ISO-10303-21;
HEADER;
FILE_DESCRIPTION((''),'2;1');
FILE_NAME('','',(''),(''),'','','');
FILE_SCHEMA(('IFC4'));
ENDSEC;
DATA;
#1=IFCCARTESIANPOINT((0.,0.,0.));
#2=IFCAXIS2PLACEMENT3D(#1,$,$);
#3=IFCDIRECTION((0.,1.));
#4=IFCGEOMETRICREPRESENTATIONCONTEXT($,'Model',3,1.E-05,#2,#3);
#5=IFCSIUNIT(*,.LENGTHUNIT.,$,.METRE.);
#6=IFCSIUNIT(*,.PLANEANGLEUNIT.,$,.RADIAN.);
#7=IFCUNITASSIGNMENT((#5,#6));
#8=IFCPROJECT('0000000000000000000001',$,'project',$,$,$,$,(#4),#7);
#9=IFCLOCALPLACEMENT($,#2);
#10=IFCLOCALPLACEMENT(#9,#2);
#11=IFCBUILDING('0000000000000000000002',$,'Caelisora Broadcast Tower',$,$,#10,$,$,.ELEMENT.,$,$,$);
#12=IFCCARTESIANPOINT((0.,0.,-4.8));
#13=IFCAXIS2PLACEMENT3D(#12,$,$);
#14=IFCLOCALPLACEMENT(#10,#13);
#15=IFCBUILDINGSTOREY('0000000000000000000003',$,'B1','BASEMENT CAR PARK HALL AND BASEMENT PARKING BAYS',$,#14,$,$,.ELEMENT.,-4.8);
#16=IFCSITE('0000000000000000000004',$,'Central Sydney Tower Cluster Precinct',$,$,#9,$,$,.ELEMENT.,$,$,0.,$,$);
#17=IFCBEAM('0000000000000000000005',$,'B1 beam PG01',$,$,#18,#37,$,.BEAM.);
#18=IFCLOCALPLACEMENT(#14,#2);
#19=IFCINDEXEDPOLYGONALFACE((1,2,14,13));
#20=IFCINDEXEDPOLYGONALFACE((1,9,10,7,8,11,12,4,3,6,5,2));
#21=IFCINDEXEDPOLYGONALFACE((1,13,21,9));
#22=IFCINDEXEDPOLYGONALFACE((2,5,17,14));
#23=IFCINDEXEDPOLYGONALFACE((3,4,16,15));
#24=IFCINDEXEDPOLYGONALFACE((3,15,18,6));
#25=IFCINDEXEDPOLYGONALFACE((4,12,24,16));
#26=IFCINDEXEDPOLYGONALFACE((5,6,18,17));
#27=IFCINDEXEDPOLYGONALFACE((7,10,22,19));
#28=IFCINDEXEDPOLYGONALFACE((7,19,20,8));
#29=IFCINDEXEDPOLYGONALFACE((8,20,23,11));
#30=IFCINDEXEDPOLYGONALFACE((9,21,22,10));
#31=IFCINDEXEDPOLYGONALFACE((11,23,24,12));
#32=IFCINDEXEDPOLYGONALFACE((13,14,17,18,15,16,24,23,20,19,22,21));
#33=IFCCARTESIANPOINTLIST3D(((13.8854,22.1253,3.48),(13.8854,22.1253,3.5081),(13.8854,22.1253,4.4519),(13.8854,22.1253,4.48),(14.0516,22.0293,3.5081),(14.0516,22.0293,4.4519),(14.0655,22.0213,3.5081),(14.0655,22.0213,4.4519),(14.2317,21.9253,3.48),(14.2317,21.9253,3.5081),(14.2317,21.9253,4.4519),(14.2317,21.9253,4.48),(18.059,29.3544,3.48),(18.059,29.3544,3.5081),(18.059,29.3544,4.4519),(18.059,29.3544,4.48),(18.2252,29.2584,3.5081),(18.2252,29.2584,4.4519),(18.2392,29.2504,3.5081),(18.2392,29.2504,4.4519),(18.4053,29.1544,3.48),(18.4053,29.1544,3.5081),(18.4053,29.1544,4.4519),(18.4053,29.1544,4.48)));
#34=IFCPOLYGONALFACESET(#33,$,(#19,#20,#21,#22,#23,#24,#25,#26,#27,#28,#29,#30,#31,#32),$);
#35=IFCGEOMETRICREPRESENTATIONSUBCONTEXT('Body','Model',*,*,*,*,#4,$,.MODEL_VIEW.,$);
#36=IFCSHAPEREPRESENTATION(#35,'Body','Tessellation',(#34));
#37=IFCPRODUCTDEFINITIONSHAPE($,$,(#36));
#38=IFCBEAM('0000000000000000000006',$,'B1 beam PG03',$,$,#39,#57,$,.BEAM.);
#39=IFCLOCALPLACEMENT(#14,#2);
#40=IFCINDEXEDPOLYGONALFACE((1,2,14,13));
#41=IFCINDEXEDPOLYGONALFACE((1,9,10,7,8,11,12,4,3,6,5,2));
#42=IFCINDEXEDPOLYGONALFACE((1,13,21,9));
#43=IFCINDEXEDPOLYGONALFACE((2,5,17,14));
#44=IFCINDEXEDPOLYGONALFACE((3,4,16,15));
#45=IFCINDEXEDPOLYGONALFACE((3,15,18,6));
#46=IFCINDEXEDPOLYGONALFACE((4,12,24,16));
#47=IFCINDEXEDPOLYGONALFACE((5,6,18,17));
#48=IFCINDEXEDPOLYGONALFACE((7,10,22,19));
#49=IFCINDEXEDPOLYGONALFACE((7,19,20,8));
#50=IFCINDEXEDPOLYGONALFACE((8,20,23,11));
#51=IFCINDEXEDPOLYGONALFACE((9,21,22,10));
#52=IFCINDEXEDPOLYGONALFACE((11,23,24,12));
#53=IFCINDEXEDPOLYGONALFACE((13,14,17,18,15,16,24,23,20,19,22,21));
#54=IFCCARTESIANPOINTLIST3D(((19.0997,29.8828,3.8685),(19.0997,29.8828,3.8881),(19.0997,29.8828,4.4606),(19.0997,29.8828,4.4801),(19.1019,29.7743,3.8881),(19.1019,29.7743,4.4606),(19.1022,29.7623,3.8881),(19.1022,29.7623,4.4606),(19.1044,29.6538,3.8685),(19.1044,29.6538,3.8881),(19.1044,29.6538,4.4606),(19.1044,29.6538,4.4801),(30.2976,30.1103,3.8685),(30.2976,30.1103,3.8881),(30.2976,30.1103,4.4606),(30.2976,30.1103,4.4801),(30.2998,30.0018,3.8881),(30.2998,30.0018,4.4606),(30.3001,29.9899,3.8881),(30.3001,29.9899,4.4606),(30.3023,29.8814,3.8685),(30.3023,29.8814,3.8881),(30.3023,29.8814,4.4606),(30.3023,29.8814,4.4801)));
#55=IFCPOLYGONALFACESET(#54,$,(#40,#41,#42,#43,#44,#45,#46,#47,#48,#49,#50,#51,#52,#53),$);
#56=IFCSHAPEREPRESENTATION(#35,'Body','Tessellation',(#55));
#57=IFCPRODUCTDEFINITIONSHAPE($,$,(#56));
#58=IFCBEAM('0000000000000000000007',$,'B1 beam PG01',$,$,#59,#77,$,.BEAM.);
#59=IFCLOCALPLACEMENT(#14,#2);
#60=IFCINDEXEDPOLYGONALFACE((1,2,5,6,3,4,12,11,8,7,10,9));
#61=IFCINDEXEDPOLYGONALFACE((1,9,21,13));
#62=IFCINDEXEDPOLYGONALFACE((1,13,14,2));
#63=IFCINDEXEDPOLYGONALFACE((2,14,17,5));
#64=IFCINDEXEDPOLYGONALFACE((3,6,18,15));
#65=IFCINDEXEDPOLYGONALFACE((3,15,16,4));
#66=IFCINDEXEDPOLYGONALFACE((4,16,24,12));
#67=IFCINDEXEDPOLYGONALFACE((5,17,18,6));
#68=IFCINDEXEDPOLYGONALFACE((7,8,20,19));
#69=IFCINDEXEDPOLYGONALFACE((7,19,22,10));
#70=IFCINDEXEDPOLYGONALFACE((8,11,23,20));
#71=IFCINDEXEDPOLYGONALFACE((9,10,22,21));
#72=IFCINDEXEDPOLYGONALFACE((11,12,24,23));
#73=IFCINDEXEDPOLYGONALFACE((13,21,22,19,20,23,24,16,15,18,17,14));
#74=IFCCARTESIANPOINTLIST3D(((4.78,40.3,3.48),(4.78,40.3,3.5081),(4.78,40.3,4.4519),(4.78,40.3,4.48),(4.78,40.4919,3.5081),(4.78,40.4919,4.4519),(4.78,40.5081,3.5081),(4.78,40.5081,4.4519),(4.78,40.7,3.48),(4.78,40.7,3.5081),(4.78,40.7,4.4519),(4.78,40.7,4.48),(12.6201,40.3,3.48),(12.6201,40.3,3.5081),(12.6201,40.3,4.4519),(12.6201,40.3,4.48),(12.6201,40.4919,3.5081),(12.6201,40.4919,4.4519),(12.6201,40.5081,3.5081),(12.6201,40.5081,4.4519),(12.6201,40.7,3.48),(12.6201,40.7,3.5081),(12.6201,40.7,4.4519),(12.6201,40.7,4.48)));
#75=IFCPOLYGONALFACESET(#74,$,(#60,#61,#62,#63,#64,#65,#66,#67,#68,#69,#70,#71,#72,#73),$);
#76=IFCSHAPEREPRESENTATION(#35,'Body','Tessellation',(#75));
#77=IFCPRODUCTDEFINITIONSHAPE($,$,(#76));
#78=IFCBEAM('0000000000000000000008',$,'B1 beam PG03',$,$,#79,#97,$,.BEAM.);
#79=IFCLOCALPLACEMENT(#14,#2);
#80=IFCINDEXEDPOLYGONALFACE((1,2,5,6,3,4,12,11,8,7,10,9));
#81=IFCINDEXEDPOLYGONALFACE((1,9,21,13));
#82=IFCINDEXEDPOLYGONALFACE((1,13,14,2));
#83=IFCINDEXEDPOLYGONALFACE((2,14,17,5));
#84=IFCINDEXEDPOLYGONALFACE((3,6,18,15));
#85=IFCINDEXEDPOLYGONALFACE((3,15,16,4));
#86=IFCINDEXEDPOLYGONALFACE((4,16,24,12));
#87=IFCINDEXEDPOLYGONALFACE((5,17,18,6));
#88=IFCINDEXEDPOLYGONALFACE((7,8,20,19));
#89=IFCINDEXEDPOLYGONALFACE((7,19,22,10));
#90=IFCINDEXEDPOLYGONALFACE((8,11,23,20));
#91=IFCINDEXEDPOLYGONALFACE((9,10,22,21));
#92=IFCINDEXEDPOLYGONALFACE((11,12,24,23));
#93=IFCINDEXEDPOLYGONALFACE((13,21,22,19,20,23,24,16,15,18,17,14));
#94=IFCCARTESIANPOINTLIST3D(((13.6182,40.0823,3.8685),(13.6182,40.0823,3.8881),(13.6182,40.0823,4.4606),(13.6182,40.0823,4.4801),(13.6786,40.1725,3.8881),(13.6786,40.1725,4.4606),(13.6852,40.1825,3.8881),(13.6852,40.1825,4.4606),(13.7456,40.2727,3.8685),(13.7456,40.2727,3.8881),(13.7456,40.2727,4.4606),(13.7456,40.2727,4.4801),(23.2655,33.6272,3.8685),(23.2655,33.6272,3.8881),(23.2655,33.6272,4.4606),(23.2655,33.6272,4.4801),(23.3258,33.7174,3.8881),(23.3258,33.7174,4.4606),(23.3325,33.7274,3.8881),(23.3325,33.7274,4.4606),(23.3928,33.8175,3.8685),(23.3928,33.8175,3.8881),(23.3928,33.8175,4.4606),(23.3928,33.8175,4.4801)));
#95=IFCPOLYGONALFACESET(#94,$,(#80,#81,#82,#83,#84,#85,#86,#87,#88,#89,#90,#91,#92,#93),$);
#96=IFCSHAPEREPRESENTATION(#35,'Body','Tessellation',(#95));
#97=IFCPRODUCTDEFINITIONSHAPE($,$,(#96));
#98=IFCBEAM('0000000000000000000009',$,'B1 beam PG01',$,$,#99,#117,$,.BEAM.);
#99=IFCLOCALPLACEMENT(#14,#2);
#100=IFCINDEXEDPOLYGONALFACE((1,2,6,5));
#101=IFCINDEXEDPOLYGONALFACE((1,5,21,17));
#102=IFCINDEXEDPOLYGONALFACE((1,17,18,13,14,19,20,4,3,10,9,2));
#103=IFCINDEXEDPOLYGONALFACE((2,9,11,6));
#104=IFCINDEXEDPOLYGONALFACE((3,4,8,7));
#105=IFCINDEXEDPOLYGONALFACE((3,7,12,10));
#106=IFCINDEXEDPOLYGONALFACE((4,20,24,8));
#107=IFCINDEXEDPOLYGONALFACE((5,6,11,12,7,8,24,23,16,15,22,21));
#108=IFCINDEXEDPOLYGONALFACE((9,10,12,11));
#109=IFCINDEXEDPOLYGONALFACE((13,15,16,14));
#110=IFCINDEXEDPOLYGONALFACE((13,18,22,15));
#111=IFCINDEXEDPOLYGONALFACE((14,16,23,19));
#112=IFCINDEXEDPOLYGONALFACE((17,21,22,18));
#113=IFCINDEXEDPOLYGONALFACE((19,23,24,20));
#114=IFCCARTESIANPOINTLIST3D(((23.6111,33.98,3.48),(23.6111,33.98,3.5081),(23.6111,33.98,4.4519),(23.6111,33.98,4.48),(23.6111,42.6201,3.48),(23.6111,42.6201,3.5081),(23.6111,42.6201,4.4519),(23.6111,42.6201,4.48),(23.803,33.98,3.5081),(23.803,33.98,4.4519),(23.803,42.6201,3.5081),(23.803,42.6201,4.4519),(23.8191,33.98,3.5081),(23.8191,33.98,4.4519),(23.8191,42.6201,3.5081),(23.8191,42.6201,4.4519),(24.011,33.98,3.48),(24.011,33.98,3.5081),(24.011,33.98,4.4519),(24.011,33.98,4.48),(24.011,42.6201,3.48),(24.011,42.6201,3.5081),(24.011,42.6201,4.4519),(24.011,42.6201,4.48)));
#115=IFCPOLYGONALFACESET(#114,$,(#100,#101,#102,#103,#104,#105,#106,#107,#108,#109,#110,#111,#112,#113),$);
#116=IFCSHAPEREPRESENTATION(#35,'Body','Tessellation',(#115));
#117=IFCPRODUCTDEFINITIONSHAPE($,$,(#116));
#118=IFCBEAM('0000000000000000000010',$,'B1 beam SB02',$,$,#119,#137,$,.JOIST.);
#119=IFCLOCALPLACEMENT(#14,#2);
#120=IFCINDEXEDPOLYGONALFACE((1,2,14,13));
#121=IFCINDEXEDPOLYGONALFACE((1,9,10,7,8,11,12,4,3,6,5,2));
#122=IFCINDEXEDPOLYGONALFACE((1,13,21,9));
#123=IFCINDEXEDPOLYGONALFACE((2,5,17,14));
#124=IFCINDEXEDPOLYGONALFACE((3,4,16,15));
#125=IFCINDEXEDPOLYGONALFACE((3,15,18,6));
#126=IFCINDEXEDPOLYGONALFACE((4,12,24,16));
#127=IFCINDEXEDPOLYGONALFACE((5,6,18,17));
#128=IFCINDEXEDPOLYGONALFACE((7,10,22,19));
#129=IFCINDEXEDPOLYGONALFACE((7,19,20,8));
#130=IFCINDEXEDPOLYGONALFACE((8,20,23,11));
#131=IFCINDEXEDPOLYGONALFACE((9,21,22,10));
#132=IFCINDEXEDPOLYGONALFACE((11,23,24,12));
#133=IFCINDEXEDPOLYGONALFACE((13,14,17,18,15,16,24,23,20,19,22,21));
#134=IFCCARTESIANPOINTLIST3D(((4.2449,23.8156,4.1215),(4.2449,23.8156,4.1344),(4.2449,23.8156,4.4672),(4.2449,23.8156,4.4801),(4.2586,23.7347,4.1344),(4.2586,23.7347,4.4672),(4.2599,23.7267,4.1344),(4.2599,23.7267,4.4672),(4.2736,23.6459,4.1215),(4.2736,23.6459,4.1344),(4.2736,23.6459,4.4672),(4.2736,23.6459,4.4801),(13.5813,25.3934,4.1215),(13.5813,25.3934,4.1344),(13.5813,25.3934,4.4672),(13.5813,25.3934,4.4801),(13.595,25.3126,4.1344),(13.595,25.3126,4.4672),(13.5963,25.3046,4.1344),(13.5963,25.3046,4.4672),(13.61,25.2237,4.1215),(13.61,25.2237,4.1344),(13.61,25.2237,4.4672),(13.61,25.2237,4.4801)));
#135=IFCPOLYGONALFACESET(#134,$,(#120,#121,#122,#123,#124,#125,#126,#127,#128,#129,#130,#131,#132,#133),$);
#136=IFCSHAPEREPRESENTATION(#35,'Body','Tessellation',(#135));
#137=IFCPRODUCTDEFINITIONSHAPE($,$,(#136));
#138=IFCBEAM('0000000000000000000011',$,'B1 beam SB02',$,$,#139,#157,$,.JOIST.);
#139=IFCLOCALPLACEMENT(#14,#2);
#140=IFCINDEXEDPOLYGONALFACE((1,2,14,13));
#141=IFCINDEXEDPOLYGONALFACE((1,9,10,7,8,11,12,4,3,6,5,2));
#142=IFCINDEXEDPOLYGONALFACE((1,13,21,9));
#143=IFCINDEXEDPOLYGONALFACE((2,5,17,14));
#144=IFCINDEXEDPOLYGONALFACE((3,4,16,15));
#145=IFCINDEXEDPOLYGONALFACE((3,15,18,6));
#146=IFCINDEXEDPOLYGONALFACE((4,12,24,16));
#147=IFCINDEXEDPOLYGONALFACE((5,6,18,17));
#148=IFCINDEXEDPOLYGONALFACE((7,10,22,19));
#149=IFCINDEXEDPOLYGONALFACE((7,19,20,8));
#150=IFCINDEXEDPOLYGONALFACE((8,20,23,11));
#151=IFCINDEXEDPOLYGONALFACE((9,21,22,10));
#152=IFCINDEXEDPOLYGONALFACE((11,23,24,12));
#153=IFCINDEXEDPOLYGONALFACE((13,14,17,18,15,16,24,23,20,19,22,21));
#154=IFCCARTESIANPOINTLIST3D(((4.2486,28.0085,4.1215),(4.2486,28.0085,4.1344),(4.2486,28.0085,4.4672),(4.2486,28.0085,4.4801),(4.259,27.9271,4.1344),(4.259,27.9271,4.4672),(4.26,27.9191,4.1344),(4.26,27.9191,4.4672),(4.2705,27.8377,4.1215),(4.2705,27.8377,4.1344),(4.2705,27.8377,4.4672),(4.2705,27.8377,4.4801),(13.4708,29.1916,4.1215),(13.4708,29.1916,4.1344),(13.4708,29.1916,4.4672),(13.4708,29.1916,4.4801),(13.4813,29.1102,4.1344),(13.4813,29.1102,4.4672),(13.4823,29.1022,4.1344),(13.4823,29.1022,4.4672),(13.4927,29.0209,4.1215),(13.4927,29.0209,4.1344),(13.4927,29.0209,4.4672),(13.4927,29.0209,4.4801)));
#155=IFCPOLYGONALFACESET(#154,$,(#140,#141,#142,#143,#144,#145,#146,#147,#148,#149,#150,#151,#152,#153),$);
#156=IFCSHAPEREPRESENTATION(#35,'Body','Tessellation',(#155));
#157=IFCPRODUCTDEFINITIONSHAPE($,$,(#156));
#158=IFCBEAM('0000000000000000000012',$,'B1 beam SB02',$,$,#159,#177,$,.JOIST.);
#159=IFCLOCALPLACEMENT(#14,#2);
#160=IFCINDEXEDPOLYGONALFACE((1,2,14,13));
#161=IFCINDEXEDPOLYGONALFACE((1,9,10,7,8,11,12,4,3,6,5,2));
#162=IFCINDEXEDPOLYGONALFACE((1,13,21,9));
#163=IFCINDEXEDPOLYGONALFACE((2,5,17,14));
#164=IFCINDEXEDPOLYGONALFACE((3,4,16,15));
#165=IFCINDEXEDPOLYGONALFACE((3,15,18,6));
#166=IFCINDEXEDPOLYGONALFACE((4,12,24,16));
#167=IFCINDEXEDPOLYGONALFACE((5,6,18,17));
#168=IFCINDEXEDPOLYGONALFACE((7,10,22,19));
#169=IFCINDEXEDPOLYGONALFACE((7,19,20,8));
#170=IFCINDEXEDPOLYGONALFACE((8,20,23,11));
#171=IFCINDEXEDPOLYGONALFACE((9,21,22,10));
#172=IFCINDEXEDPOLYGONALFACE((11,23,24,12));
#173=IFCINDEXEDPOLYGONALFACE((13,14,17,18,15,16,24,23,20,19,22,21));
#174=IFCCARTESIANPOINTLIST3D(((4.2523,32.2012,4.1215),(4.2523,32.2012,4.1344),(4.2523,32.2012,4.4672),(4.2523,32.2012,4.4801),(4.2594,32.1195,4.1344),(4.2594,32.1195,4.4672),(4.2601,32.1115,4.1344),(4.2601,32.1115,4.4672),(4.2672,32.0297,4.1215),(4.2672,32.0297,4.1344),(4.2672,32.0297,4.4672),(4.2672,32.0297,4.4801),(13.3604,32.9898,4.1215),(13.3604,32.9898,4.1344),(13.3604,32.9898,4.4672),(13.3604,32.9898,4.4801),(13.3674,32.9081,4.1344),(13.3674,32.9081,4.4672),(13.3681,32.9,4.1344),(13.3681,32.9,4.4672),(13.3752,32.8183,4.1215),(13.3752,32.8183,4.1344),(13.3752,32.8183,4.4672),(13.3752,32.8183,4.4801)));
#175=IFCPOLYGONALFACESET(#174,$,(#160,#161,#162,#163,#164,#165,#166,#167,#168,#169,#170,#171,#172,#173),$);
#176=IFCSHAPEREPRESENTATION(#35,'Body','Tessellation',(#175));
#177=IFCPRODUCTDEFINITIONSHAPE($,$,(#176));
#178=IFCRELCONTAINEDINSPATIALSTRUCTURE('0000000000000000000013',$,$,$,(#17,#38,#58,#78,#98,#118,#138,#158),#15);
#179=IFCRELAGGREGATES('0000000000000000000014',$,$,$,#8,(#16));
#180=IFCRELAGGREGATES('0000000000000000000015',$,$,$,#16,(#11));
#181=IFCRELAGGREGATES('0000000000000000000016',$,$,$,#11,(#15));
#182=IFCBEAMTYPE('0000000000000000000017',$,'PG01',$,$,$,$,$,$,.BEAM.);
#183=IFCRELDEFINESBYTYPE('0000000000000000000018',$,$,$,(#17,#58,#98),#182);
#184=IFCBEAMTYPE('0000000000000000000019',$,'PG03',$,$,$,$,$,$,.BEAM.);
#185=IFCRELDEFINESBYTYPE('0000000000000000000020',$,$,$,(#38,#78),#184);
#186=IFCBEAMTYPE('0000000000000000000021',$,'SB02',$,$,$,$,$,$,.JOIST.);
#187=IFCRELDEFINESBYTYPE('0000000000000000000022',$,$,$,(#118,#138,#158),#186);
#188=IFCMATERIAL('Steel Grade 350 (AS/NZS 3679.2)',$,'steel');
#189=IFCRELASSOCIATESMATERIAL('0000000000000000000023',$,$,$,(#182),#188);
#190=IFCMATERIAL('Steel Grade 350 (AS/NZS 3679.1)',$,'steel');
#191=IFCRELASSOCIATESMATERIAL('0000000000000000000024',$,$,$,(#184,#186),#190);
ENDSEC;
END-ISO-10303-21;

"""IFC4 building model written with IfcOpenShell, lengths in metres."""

from ifc_helpers import new_model, si_unit, direction, frame, origin, origin_2d, place, context, subcontext, project, spatial, i_section, extrude, source, transform, mapped, material, material_profile, profile_set, type_object, type_shapes, element, save


model = new_model("IFC4")

# Units and contexts
model_context = context("Model", 3, precision=1e-05, world=origin(), true_north=direction((0.0, 1.0)))
body_context = subcontext(model_context, "Body", "Model", "MODEL_VIEW")
ifc_project = project(units=[si_unit("LENGTHUNIT", "METRE"), si_unit("PLANEANGLEUNIT", "RADIAN")], contexts=[model_context])

# Site, building, storey
site_placement = place(None, origin())
site = spatial("IfcSite", under=ifc_project, at=site_placement, Name="Central Sydney Tower Cluster Precinct", CompositionType="ELEMENT", RefElevation=0.0)
building_placement = place(site_placement, origin())
building = spatial("IfcBuilding", under=site, at=building_placement, Name="Caelisora Broadcast Tower", CompositionType="ELEMENT")
storey_placement = place(building_placement, frame((0.0, 0.0, -4.8)))
storey = spatial("IfcBuildingStorey", under=building, at=storey_placement, Name="B1", Description="BASEMENT CAR PARK HALL AND BASEMENT PARKING BAYS", CompositionType="ELEMENT", Elevation=-4.8)

# Beams
ifc_material_1 = material(Name="Steel Grade 350 (AS/NZS 3679.2)", Category="steel")
ifc_material_profile_1 = material_profile(ifc_material_1, i_section(OverallWidth=0.3999, OverallDepth=1.0, WebThickness=0.0161, FlangeThickness=0.0281, at=origin_2d()), Name="Steel Grade 350 (AS/NZS 3679.2)")
ifc_profile_set_1 = profile_set([ifc_material_profile_1], Name="Steel Grade 350 (AS/NZS 3679.2)")
beam_type_1 = type_object("IfcBeamType", Name="PG01", PredefinedType="BEAM", material=ifc_profile_set_1)
shared_shape_1 = source(origin(), body_context, "Body", "SweptSolid", [
    extrude(i_section(OverallWidth=0.3999, OverallDepth=1.0, WebThickness=0.0161, FlangeThickness=0.0281, at=origin_2d()), origin(), (0.0, 0.0, 1.0), 8.3474),
])
beam_1_placement = place(storey_placement, frame((18.2322, 29.2544, 3.98), z_axis=(-0.499993, -0.86603, 0.0), x_axis=(0.86603, -0.499993, 0.0)))
element("IfcBeam", 1, at=beam_1_placement, inside=storey, type_object=beam_type_1, Name="B1 beam PG01", PredefinedType="BEAM", context=body_context, shape_type="MappedRepresentation", body=[
    mapped(shared_shape_1, transform((0.0, 0.0, 0.0), scale=1.0)),
])
ifc_material_2 = material(Name="Steel Grade 350 (AS/NZS 3679.1)", Category="steel")
ifc_material_profile_2 = material_profile(ifc_material_2, i_section(OverallWidth=0.229, OverallDepth=0.6116, WebThickness=0.012, FlangeThickness=0.0195, at=origin_2d()), Name="Steel Grade 350 (AS/NZS 3679.1)")
ifc_profile_set_2 = profile_set([ifc_material_profile_2], Name="Steel Grade 350 (AS/NZS 3679.1)")
beam_type_2 = type_object("IfcBeamType", Name="PG03", PredefinedType="BEAM", material=ifc_profile_set_2)
shared_shape_2 = source(origin(), body_context, "Body", "SweptSolid", [
    extrude(i_section(OverallWidth=0.229, OverallDepth=0.6116, WebThickness=0.012, FlangeThickness=0.0195, at=origin_2d()), origin(), (0.0, 0.0, 1.0), 11.2002),
])
beam_2_placement = place(storey_placement, frame((19.1021, 29.7683, 4.1743), z_axis=(0.999794, 0.020315, 0.0), x_axis=(-0.020315, 0.999794, 0.0)))
element("IfcBeam", 2, at=beam_2_placement, inside=storey, type_object=beam_type_2, Name="B1 beam PG03", PredefinedType="BEAM", context=body_context, shape_type="MappedRepresentation", body=[
    mapped(shared_shape_2, transform((0.0, 0.0, 0.0), scale=1.0)),
])
shared_shape_3 = source(origin(), body_context, "Body", "SweptSolid", [
    extrude(i_section(OverallWidth=0.3999, OverallDepth=1.0, WebThickness=0.0161, FlangeThickness=0.0281, at=origin_2d()), origin(), (0.0, 0.0, 1.0), 7.8401),
])
beam_3_placement = place(storey_placement, frame((4.78, 40.5, 3.98), z_axis=(1.0, 0.0, 0.0), x_axis=(0.0, 1.0, 0.0)))
element("IfcBeam", 3, at=beam_3_placement, inside=storey, type_object=beam_type_1, Name="B1 beam PG01", PredefinedType="BEAM", context=body_context, shape_type="MappedRepresentation", body=[
    mapped(shared_shape_3, transform((0.0, 0.0, 0.0), scale=1.0)),
])
shared_shape_4 = source(origin(), body_context, "Body", "SweptSolid", [
    extrude(i_section(OverallWidth=0.229, OverallDepth=0.6116, WebThickness=0.012, FlangeThickness=0.0195, at=origin_2d()), origin(), (0.0, 0.0, 1.0), 11.6077),
])
type_shapes(beam_type_2, [shared_shape_2, shared_shape_4])
beam_4_placement = place(storey_placement, frame((13.6819, 40.1775, 4.1743), z_axis=(0.831111, -0.556107, 0.0), x_axis=(0.556107, 0.831111, 0.0)))
element("IfcBeam", 4, at=beam_4_placement, inside=storey, type_object=beam_type_2, Name="B1 beam PG03", PredefinedType="BEAM", context=body_context, shape_type="MappedRepresentation", body=[
    mapped(shared_shape_4, transform((0.0, 0.0, 0.0), scale=1.0)),
])
shared_shape_5 = source(origin(), body_context, "Body", "SweptSolid", [
    extrude(i_section(OverallWidth=0.3999, OverallDepth=1.0, WebThickness=0.0161, FlangeThickness=0.0281, at=origin_2d()), origin(), (0.0, 0.0, 1.0), 8.6401),
])
beam_5_placement = place(storey_placement, frame((23.811, 33.98, 3.98), z_axis=(0.0, 1.0, 0.0), x_axis=(-1.0, 0.0, 0.0)))
element("IfcBeam", 5, at=beam_5_placement, inside=storey, type_object=beam_type_1, Name="B1 beam PG01", PredefinedType="BEAM", context=body_context, shape_type="MappedRepresentation", body=[
    mapped(shared_shape_5, transform((0.0, 0.0, 0.0), scale=1.0)),
])
ifc_material_profile_3 = material_profile(ifc_material_2, i_section(OverallWidth=0.1721, OverallDepth=0.3586, WebThickness=0.0081, FlangeThickness=0.0129, at=origin_2d()), Name="Steel Grade 350 (AS/NZS 3679.1)")
ifc_profile_set_3 = profile_set([ifc_material_profile_3], Name="Steel Grade 350 (AS/NZS 3679.1)")
beam_type_3 = type_object("IfcBeamType", Name="SB02", PredefinedType="JOIST", material=ifc_profile_set_3)
shared_shape_6 = source(origin(), body_context, "Body", "SweptSolid", [
    extrude(i_section(OverallWidth=0.1721, OverallDepth=0.3586, WebThickness=0.0081, FlangeThickness=0.0129, at=origin_2d()), origin(), (0.0, 0.0, 1.0), 9.4688),
])
beam_6_placement = place(storey_placement, frame((4.2593, 23.7307, 4.3008), z_axis=(0.986018, 0.16664, 0.0), x_axis=(-0.16664, 0.986018, 0.0)))
element("IfcBeam", 6, at=beam_6_placement, inside=storey, type_object=beam_type_3, Name="B1 beam SB02", PredefinedType="JOIST", context=body_context, shape_type="MappedRepresentation", body=[
    mapped(shared_shape_6, transform((0.0, 0.0, 0.0), scale=1.0)),
])
shared_shape_7 = source(origin(), body_context, "Body", "SweptSolid", [
    extrude(i_section(OverallWidth=0.1721, OverallDepth=0.3586, WebThickness=0.0081, FlangeThickness=0.0129, at=origin_2d()), origin(), (0.0, 0.0, 1.0), 9.2979),
])
beam_7_placement = place(storey_placement, frame((4.2595, 27.9231, 4.3008), z_axis=(0.991871, 0.127246, 0.0), x_axis=(-0.127246, 0.991871, 0.0)))
element("IfcBeam", 7, at=beam_7_placement, inside=storey, type_object=beam_type_3, Name="B1 beam SB02", PredefinedType="JOIST", context=body_context, shape_type="MappedRepresentation", body=[
    mapped(shared_shape_7, transform((0.0, 0.0, 0.0), scale=1.0)),
])
shared_shape_8 = source(origin(), body_context, "Body", "SweptSolid", [
    extrude(i_section(OverallWidth=0.1721, OverallDepth=0.3586, WebThickness=0.0081, FlangeThickness=0.0129, at=origin_2d()), origin(), (0.0, 0.0, 1.0), 9.1421),
])
beam_8_placement = place(storey_placement, frame((4.2598, 32.1155, 4.3008), z_axis=(0.996273, 0.086259, 0.0), x_axis=(-0.086259, 0.996273, 0.0)))
element("IfcBeam", 8, at=beam_8_placement, inside=storey, type_object=beam_type_3, Name="B1 beam SB02", PredefinedType="JOIST", context=body_context, shape_type="MappedRepresentation", body=[
    mapped(shared_shape_8, transform((0.0, 0.0, 0.0), scale=1.0)),
])

save(model, "model.ifc")
